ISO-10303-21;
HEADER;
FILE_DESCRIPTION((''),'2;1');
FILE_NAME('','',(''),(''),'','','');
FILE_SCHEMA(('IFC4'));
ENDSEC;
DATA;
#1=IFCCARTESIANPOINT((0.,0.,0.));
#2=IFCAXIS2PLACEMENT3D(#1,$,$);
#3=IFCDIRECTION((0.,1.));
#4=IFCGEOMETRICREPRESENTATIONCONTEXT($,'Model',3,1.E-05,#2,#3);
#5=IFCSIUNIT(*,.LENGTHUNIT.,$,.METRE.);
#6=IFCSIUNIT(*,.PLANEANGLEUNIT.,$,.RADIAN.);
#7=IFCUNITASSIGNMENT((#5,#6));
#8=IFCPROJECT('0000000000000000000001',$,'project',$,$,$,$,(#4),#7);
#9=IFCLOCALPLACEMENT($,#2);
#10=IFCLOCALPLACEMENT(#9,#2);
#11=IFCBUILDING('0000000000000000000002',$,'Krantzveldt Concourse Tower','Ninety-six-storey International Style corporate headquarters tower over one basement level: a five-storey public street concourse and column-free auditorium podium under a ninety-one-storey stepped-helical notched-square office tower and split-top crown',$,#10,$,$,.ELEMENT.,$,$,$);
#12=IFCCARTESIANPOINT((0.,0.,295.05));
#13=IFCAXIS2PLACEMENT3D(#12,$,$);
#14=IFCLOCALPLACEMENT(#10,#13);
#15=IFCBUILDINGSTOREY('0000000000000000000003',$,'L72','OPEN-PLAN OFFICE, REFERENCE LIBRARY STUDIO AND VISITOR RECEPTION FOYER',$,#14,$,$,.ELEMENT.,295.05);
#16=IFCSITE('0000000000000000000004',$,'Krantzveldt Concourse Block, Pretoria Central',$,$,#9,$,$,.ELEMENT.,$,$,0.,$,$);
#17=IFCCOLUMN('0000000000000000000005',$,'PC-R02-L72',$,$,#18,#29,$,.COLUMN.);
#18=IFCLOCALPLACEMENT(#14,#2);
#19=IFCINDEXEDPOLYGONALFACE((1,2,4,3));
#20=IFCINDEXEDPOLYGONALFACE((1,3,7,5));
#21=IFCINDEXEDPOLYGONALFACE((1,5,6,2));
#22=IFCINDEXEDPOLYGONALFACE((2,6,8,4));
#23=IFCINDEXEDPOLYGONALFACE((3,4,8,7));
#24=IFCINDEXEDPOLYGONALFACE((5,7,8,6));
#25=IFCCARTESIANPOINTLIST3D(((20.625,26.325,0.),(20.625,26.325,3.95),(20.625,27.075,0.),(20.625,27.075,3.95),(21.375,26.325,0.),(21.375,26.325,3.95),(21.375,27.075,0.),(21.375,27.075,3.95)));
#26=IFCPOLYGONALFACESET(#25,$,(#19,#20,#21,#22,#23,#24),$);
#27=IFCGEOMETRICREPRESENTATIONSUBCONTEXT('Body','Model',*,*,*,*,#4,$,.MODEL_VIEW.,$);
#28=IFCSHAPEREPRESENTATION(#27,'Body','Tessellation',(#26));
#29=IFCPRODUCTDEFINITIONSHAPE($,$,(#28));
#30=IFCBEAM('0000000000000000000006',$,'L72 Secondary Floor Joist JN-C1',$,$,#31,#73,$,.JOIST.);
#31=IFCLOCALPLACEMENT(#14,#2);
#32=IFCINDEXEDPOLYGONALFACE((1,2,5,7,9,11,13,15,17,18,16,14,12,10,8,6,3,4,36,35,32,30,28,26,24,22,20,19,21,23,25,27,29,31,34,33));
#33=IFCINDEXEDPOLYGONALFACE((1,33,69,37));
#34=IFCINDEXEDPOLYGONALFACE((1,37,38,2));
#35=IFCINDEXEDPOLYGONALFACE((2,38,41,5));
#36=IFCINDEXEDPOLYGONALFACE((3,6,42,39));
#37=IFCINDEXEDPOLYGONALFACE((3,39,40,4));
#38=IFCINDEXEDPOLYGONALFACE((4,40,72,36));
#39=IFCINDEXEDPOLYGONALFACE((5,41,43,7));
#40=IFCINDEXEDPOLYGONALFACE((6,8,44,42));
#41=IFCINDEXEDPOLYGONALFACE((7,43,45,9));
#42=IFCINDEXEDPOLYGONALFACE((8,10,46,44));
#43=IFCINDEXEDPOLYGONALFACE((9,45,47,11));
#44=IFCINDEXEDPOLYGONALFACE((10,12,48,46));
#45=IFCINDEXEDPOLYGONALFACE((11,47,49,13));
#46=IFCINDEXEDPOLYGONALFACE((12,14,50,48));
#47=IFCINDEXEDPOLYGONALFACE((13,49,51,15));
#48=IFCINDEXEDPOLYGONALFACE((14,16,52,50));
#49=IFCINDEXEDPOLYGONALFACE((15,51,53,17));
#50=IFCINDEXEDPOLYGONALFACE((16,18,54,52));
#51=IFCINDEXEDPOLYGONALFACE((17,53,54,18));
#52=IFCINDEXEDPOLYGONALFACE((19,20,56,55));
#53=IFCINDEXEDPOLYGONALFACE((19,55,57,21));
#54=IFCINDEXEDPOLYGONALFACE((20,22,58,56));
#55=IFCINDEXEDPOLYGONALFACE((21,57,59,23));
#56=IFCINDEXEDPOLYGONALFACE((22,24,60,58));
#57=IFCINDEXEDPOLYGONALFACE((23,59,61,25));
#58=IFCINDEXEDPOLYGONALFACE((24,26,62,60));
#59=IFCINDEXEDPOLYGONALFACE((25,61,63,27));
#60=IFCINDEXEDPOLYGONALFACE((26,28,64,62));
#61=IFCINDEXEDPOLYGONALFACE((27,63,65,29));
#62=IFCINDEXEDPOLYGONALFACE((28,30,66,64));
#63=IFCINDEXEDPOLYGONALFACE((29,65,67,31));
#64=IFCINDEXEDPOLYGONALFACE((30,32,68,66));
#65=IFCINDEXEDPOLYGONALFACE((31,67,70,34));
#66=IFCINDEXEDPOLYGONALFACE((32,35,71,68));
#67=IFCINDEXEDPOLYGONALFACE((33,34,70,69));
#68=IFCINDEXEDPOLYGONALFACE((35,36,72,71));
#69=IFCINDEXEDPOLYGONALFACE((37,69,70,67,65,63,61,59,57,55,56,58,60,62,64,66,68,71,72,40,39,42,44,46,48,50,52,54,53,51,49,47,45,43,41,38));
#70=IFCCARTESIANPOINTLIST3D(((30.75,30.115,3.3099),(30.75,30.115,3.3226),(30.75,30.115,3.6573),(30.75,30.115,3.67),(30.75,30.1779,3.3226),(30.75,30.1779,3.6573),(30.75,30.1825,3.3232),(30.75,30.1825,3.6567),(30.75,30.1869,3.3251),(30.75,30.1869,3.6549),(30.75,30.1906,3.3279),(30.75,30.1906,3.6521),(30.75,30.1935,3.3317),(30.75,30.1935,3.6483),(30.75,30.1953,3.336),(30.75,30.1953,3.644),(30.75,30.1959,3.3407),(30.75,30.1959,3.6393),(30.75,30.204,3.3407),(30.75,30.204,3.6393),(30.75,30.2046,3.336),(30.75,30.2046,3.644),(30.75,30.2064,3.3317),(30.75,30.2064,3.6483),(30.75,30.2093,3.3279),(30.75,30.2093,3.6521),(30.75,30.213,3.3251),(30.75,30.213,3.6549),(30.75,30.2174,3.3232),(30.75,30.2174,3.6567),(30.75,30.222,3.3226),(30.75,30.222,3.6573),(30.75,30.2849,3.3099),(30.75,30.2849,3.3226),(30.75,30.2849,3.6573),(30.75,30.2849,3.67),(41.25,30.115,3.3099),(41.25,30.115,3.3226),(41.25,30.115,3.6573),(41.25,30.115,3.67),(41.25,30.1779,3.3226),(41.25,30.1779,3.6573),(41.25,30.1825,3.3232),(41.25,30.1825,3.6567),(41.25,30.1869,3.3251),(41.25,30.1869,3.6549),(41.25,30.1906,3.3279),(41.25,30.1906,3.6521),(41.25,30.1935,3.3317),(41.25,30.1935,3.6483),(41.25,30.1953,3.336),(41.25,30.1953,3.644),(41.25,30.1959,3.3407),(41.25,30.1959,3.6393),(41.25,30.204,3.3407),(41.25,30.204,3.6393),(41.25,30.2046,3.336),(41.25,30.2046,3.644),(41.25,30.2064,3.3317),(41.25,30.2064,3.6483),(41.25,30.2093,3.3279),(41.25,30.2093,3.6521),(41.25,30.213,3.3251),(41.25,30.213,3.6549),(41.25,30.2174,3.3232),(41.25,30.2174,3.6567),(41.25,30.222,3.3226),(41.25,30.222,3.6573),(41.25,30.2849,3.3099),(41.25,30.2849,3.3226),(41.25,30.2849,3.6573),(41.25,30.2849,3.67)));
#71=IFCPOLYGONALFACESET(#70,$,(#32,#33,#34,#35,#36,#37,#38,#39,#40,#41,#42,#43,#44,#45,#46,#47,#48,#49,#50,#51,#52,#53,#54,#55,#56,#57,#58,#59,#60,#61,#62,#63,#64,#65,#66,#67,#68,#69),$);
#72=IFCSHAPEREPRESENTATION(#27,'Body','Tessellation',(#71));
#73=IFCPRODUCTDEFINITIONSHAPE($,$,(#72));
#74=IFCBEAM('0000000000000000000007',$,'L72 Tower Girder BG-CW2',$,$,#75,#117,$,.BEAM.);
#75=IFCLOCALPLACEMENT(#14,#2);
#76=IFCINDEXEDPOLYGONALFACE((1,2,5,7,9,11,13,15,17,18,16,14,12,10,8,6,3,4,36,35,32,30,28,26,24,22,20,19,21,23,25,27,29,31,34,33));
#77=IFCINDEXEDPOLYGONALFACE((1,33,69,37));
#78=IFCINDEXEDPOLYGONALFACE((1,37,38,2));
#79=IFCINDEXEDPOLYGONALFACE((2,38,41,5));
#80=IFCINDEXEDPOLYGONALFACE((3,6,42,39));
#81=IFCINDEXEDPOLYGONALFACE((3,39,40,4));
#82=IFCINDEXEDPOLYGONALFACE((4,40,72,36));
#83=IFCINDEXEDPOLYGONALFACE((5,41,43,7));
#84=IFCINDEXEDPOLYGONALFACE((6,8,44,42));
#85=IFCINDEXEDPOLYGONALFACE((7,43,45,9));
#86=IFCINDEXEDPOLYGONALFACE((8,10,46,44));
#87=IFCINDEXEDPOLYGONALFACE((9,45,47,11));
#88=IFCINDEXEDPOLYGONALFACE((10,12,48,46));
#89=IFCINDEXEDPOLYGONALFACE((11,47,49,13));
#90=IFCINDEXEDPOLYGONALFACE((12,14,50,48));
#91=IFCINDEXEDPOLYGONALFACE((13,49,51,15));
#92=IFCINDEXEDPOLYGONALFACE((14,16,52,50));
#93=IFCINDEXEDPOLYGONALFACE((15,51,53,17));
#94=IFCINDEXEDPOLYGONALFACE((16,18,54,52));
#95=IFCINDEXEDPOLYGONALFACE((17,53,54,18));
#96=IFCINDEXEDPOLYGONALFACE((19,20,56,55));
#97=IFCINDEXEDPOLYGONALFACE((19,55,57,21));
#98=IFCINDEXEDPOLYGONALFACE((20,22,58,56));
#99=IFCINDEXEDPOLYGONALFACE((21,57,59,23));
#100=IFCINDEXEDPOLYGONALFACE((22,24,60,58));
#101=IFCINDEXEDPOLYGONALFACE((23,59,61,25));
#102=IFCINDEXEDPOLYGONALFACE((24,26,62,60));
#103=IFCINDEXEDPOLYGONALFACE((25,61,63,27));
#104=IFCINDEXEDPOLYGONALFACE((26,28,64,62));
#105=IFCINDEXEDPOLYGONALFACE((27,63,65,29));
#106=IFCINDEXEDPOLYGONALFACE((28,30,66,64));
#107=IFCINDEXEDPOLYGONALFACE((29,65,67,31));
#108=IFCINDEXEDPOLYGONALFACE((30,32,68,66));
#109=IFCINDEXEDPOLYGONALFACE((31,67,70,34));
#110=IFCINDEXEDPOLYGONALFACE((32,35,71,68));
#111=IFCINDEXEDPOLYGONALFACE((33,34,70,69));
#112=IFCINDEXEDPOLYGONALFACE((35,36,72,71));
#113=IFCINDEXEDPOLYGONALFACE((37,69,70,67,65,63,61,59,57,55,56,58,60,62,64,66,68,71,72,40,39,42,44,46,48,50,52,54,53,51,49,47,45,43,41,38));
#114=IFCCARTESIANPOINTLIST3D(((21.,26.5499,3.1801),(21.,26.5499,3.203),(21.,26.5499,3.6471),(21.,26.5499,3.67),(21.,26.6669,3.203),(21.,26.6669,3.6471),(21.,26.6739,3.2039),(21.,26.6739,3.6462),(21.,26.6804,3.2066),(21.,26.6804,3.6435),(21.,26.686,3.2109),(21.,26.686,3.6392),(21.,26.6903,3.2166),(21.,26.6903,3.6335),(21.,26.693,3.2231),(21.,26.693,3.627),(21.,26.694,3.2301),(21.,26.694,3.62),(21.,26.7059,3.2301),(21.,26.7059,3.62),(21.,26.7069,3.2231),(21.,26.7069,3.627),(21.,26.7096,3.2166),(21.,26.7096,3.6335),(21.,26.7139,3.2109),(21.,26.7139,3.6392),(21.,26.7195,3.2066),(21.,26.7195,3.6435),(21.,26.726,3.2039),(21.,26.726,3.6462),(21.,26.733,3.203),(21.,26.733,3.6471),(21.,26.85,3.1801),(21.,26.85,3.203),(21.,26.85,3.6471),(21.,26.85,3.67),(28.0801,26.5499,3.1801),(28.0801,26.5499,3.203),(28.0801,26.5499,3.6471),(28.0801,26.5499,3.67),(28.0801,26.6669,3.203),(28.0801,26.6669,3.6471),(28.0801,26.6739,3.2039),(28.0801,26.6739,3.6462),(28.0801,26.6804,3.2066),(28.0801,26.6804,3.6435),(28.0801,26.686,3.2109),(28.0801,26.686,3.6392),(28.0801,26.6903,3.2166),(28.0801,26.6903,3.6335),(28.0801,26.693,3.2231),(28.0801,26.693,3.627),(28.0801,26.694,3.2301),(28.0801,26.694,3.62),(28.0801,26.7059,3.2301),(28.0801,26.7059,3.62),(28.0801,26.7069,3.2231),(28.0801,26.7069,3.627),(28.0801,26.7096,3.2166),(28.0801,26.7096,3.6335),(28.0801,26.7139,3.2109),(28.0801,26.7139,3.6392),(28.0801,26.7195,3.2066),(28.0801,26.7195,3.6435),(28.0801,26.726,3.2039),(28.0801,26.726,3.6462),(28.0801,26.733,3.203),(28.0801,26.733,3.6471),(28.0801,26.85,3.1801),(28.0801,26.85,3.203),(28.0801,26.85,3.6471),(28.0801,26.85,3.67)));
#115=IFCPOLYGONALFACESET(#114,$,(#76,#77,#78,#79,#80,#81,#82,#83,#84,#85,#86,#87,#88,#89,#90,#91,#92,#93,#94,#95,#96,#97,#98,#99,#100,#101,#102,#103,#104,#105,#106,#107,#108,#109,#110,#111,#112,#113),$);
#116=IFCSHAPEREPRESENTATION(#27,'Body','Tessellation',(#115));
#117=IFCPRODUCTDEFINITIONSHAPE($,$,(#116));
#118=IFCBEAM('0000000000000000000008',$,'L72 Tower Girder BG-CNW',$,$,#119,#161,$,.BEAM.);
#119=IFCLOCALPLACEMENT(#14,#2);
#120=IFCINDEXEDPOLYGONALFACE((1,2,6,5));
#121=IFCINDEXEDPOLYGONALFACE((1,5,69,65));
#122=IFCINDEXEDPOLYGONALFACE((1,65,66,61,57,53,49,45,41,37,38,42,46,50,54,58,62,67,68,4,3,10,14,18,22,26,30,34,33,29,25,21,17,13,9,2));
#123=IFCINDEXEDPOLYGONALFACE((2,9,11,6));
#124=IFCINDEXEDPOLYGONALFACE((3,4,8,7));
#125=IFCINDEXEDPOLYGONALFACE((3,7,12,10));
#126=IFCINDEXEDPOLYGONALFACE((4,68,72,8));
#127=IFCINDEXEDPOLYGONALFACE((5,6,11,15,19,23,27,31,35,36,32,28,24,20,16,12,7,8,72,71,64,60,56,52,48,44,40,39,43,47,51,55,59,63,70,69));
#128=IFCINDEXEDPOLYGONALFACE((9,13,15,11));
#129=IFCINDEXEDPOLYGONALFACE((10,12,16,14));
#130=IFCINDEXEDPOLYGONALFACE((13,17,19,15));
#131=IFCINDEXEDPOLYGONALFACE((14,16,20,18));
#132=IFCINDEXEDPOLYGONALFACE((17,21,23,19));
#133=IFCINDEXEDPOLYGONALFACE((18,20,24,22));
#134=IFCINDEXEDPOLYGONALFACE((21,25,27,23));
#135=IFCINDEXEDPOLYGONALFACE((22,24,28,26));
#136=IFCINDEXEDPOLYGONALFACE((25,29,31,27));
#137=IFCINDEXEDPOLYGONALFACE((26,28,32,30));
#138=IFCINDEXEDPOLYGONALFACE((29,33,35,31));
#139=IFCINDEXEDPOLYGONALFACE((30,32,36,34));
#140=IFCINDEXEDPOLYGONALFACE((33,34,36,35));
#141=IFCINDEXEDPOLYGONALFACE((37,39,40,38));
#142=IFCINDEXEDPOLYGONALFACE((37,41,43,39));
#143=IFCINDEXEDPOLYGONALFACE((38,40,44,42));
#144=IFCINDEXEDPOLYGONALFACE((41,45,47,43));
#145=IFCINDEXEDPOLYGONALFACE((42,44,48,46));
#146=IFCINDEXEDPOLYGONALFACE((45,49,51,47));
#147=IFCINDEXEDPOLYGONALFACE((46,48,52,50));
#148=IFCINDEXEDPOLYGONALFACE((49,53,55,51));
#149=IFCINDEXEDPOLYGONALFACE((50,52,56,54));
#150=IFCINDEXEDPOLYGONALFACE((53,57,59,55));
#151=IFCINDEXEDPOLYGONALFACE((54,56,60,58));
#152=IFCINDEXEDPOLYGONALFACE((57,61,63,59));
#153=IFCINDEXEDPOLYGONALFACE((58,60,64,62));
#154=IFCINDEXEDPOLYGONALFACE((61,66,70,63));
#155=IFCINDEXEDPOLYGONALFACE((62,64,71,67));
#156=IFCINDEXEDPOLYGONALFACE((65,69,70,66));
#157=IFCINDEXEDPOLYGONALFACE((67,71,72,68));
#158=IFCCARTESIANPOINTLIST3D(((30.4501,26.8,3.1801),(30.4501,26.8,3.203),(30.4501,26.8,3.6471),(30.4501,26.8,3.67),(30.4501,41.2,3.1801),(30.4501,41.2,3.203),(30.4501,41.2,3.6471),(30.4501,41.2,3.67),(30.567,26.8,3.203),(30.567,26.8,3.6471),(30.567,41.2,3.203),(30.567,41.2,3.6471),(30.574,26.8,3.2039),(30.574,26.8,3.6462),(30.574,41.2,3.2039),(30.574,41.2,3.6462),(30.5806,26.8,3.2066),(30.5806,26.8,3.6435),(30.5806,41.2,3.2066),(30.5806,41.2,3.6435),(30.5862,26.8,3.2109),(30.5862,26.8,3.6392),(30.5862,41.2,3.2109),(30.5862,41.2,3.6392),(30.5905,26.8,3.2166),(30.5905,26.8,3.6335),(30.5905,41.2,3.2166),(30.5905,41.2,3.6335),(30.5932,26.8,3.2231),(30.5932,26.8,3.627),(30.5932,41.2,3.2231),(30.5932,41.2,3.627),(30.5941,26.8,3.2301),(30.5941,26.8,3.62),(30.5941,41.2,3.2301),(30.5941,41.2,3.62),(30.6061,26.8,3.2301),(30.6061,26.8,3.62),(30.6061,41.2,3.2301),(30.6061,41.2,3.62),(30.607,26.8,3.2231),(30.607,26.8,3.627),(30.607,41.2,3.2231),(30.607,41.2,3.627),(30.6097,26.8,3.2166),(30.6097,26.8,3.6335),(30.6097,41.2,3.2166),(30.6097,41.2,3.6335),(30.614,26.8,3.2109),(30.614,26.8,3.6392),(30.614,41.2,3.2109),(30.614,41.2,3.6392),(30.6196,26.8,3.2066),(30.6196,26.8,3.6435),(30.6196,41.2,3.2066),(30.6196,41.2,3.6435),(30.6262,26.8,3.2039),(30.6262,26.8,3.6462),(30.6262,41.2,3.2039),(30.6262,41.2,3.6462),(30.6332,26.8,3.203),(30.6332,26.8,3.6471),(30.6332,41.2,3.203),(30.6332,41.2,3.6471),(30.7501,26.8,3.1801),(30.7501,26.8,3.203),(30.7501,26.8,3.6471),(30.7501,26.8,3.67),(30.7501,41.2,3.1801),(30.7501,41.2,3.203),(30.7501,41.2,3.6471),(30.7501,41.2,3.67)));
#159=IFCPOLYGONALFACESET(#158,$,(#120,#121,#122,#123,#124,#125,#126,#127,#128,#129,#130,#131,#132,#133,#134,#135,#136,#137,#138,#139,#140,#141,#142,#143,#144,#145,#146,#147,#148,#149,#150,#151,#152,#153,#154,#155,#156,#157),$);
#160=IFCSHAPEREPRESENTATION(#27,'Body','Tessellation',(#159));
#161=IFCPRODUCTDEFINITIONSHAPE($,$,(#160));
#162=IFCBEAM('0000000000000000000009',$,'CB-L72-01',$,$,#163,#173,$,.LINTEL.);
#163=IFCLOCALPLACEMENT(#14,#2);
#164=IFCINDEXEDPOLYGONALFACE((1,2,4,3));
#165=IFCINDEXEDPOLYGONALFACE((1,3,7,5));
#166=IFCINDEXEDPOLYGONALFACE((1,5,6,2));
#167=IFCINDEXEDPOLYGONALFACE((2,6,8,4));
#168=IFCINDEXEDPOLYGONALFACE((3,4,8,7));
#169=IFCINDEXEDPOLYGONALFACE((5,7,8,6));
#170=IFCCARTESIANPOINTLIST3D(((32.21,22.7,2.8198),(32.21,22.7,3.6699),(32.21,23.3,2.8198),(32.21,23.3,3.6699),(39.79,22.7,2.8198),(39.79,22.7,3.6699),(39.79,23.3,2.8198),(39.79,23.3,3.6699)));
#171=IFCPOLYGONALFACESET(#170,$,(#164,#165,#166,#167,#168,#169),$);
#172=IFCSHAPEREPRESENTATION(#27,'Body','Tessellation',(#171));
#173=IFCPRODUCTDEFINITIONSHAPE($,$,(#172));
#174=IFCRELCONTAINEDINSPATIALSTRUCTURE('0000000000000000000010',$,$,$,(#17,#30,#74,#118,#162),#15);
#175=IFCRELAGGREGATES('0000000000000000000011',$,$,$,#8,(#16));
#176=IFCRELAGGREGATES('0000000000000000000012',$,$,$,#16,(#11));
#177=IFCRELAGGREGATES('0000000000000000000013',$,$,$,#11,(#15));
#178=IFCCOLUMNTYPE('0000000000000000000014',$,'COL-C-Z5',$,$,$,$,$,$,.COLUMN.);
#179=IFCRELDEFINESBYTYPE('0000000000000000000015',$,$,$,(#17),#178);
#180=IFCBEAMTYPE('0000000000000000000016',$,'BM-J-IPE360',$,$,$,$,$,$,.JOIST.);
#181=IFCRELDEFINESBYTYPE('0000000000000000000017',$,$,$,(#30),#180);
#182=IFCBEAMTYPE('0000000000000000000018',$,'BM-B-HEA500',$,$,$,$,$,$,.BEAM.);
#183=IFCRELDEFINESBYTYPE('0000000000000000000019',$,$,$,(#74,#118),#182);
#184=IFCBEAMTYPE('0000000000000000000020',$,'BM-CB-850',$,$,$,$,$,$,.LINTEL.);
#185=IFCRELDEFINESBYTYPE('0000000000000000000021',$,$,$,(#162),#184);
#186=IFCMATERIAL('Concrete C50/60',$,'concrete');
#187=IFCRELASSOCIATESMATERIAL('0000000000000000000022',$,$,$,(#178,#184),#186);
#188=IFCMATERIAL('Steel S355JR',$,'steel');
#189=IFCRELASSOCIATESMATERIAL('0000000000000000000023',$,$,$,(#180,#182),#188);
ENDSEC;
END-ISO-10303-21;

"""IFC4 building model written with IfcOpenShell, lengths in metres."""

from ifc_helpers import new_model, si_unit, direction, frame, origin, origin_2d, place, context, subcontext, project, spatial, rectangle, i_section, extrude, source, transform, mapped, material, material_profile, profile_set, type_object, type_shapes, element, save


model = new_model("IFC4")

# Units and contexts
model_context = context("Model", 3, precision=1e-05, world=origin(), true_north=direction((0.0, 1.0)))
body_context = subcontext(model_context, "Body", "Model", "MODEL_VIEW")
ifc_project = project(units=[si_unit("LENGTHUNIT", "METRE"), si_unit("PLANEANGLEUNIT", "RADIAN")], contexts=[model_context])

# Site, building, storey
site_placement = place(None, origin())
site = spatial("IfcSite", under=ifc_project, at=site_placement, Name="Krantzveldt Concourse Block, Pretoria Central", CompositionType="ELEMENT", RefElevation=0.0)
building_placement = place(site_placement, origin())
building = spatial("IfcBuilding", under=site, at=building_placement, Name="Krantzveldt Concourse Tower", Description="Ninety-six-storey International Style corporate headquarters tower over one basement level: a five-storey public street concourse and column-free auditorium podium under a ninety-one-storey stepped-helical notched-square office tower and split-top crown", CompositionType="ELEMENT")
storey_placement = place(building_placement, frame((0.0, 0.0, 295.05)))
storey = spatial("IfcBuildingStorey", under=building, at=storey_placement, Name="L72", Description="OPEN-PLAN OFFICE, REFERENCE LIBRARY STUDIO AND VISITOR RECEPTION FOYER", CompositionType="ELEMENT", Elevation=295.05)

# Column
ifc_material_1 = material(Name="Concrete C50/60", Category="concrete")
ifc_material_profile_1 = material_profile(ifc_material_1, rectangle(XDim=0.75, YDim=0.75, at=origin_2d()), Name="Concrete C50/60", Category="concrete")
ifc_profile_set_1 = profile_set([ifc_material_profile_1], Name="Concrete C50/60 - RC 750x750")
column_type = type_object("IfcColumnType", Name="COL-C-Z5", PredefinedType="COLUMN", material=ifc_profile_set_1)
shared_shape_1 = source(origin(), body_context, "Body", "SweptSolid", [
    extrude(rectangle(XDim=0.75, YDim=0.75, at=origin_2d()), origin(), (0.0, 0.0, 1.0), 3.95),
])
type_shapes(column_type, [shared_shape_1])
column_placement = place(storey_placement, frame((21.0, 26.7, 0.0), z_axis=(0.0, 0.0, 1.0), x_axis=(1.0, 0.0, 0.0)))
element("IfcColumn", 1, at=column_placement, inside=storey, type_object=column_type, Name="PC-R02-L72", PredefinedType="COLUMN", context=body_context, shape_type="MappedRepresentation", body=[
    mapped(shared_shape_1, transform((0.0, 0.0, 0.0), x_axis=(1.0, 0.0, 0.0), y_axis=(0.0, 1.0, 0.0), z_axis=(0.0, 0.0, 1.0), scale=1.0)),
])

# Beams
ifc_material_2 = material(Name="Steel S355JR", Category="steel")
ifc_material_profile_2 = material_profile(ifc_material_2, i_section(OverallWidth=0.1699, OverallDepth=0.3601, WebThickness=0.0081, FlangeThickness=0.0127, FilletRadius=0.0181, at=origin_2d()), Name="Steel S355JR", Category="steel")
ifc_profile_set_2 = profile_set([ifc_material_profile_2], Name="Steel S355JR - IPE 360")
beam_type_1 = type_object("IfcBeamType", Name="BM-J-IPE360", PredefinedType="JOIST", material=ifc_profile_set_2)
shared_shape_2 = source(origin(), body_context, "Body", "SweptSolid", [
    extrude(i_section(OverallWidth=0.1699, OverallDepth=0.3601, WebThickness=0.0081, FlangeThickness=0.0127, FilletRadius=0.0181, at=origin_2d()), origin(), (0.0, 0.0, 1.0), 10.5),
])
beam_1_placement = place(storey_placement, frame((30.75, 30.2, 3.49), z_axis=(1.0, 0.0, 0.0), x_axis=(0.0, 1.0, 0.0)))
element("IfcBeam", 2, at=beam_1_placement, inside=storey, type_object=beam_type_1, Name="L72 Secondary Floor Joist JN-C1", PredefinedType="JOIST", context=body_context, shape_type="MappedRepresentation", body=[
    mapped(shared_shape_2, transform((0.0, 0.0, 0.0), x_axis=(1.0, 0.0, 0.0), y_axis=(0.0, 1.0, 0.0), z_axis=(0.0, 0.0, 1.0), scale=1.0)),
])
ifc_material_profile_3 = material_profile(ifc_material_2, i_section(OverallWidth=0.3, OverallDepth=0.49, WebThickness=0.012, FlangeThickness=0.0229, FilletRadius=0.0271, at=origin_2d()), Name="Steel S355JR", Category="steel")
ifc_profile_set_3 = profile_set([ifc_material_profile_3], Name="Steel S355JR - HEA 500")
beam_type_2 = type_object("IfcBeamType", Name="BM-B-HEA500", PredefinedType="BEAM", material=ifc_profile_set_3)
shared_shape_3 = source(origin(), body_context, "Body", "SweptSolid", [
    extrude(i_section(OverallWidth=0.3, OverallDepth=0.49, WebThickness=0.012, FlangeThickness=0.0229, FilletRadius=0.0271, at=origin_2d()), origin(), (0.0, 0.0, 1.0), 7.0801),
])
beam_2_placement = place(storey_placement, frame((21.0, 26.7, 3.425), z_axis=(1.0, 0.0, 0.0), x_axis=(0.0, 1.0, 0.0)))
element("IfcBeam", 3, at=beam_2_placement, inside=storey, type_object=beam_type_2, Name="L72 Tower Girder BG-CW2", PredefinedType="BEAM", context=body_context, shape_type="MappedRepresentation", body=[
    mapped(shared_shape_3, transform((0.0, 0.0, 0.0), x_axis=(1.0, 0.0, 0.0), y_axis=(0.0, 1.0, 0.0), z_axis=(0.0, 0.0, 1.0), scale=1.0)),
])
shared_shape_4 = source(origin(), body_context, "Body", "SweptSolid", [
    extrude(i_section(OverallWidth=0.3, OverallDepth=0.49, WebThickness=0.012, FlangeThickness=0.0229, FilletRadius=0.0271, at=origin_2d()), origin(), (0.0, 0.0, 1.0), 14.3999),
])
type_shapes(beam_type_2, [shared_shape_3, shared_shape_4])
beam_3_placement = place(storey_placement, frame((30.6001, 26.8, 3.425), z_axis=(0.0, 1.0, 0.0), x_axis=(-1.0, 0.0, 0.0)))
element("IfcBeam", 4, at=beam_3_placement, inside=storey, type_object=beam_type_2, Name="L72 Tower Girder BG-CNW", PredefinedType="BEAM", context=body_context, shape_type="MappedRepresentation", body=[
    mapped(shared_shape_4, transform((0.0, 0.0, 0.0), x_axis=(1.0, 0.0, 0.0), y_axis=(0.0, 1.0, 0.0), z_axis=(0.0, 0.0, 1.0), scale=1.0)),
])
ifc_material_profile_4 = material_profile(ifc_material_1, rectangle(XDim=0.6001, YDim=0.8501, at=origin_2d()), Name="Concrete C50/60", Category="concrete")
ifc_profile_set_4 = profile_set([ifc_material_profile_4], Name="Concrete C50/60 - RC-CB 600x850")
beam_type_3 = type_object("IfcBeamType", Name="BM-CB-850", PredefinedType="LINTEL", material=ifc_profile_set_4)
shared_shape_5 = source(origin(), body_context, "Body", "SweptSolid", [
    extrude(rectangle(XDim=0.6001, YDim=0.8501, at=origin_2d()), origin(), (0.0, 0.0, 1.0), 7.5801),
])
type_shapes(beam_type_3, [shared_shape_5])
beam_4_placement = place(storey_placement, frame((32.21, 23.0, 3.2449), z_axis=(1.0, 0.0, 0.0), x_axis=(0.0, 1.0, 0.0)))
element("IfcBeam", 5, at=beam_4_placement, inside=storey, type_object=beam_type_3, Name="CB-L72-01", PredefinedType="LINTEL", context=body_context, shape_type="MappedRepresentation", body=[
    mapped(shared_shape_5, transform((0.0, 0.0, 0.0), x_axis=(1.0, 0.0, 0.0), y_axis=(0.0, 1.0, 0.0), z_axis=(0.0, 0.0, 1.0), scale=1.0)),
])

save(model, "model.ifc")
